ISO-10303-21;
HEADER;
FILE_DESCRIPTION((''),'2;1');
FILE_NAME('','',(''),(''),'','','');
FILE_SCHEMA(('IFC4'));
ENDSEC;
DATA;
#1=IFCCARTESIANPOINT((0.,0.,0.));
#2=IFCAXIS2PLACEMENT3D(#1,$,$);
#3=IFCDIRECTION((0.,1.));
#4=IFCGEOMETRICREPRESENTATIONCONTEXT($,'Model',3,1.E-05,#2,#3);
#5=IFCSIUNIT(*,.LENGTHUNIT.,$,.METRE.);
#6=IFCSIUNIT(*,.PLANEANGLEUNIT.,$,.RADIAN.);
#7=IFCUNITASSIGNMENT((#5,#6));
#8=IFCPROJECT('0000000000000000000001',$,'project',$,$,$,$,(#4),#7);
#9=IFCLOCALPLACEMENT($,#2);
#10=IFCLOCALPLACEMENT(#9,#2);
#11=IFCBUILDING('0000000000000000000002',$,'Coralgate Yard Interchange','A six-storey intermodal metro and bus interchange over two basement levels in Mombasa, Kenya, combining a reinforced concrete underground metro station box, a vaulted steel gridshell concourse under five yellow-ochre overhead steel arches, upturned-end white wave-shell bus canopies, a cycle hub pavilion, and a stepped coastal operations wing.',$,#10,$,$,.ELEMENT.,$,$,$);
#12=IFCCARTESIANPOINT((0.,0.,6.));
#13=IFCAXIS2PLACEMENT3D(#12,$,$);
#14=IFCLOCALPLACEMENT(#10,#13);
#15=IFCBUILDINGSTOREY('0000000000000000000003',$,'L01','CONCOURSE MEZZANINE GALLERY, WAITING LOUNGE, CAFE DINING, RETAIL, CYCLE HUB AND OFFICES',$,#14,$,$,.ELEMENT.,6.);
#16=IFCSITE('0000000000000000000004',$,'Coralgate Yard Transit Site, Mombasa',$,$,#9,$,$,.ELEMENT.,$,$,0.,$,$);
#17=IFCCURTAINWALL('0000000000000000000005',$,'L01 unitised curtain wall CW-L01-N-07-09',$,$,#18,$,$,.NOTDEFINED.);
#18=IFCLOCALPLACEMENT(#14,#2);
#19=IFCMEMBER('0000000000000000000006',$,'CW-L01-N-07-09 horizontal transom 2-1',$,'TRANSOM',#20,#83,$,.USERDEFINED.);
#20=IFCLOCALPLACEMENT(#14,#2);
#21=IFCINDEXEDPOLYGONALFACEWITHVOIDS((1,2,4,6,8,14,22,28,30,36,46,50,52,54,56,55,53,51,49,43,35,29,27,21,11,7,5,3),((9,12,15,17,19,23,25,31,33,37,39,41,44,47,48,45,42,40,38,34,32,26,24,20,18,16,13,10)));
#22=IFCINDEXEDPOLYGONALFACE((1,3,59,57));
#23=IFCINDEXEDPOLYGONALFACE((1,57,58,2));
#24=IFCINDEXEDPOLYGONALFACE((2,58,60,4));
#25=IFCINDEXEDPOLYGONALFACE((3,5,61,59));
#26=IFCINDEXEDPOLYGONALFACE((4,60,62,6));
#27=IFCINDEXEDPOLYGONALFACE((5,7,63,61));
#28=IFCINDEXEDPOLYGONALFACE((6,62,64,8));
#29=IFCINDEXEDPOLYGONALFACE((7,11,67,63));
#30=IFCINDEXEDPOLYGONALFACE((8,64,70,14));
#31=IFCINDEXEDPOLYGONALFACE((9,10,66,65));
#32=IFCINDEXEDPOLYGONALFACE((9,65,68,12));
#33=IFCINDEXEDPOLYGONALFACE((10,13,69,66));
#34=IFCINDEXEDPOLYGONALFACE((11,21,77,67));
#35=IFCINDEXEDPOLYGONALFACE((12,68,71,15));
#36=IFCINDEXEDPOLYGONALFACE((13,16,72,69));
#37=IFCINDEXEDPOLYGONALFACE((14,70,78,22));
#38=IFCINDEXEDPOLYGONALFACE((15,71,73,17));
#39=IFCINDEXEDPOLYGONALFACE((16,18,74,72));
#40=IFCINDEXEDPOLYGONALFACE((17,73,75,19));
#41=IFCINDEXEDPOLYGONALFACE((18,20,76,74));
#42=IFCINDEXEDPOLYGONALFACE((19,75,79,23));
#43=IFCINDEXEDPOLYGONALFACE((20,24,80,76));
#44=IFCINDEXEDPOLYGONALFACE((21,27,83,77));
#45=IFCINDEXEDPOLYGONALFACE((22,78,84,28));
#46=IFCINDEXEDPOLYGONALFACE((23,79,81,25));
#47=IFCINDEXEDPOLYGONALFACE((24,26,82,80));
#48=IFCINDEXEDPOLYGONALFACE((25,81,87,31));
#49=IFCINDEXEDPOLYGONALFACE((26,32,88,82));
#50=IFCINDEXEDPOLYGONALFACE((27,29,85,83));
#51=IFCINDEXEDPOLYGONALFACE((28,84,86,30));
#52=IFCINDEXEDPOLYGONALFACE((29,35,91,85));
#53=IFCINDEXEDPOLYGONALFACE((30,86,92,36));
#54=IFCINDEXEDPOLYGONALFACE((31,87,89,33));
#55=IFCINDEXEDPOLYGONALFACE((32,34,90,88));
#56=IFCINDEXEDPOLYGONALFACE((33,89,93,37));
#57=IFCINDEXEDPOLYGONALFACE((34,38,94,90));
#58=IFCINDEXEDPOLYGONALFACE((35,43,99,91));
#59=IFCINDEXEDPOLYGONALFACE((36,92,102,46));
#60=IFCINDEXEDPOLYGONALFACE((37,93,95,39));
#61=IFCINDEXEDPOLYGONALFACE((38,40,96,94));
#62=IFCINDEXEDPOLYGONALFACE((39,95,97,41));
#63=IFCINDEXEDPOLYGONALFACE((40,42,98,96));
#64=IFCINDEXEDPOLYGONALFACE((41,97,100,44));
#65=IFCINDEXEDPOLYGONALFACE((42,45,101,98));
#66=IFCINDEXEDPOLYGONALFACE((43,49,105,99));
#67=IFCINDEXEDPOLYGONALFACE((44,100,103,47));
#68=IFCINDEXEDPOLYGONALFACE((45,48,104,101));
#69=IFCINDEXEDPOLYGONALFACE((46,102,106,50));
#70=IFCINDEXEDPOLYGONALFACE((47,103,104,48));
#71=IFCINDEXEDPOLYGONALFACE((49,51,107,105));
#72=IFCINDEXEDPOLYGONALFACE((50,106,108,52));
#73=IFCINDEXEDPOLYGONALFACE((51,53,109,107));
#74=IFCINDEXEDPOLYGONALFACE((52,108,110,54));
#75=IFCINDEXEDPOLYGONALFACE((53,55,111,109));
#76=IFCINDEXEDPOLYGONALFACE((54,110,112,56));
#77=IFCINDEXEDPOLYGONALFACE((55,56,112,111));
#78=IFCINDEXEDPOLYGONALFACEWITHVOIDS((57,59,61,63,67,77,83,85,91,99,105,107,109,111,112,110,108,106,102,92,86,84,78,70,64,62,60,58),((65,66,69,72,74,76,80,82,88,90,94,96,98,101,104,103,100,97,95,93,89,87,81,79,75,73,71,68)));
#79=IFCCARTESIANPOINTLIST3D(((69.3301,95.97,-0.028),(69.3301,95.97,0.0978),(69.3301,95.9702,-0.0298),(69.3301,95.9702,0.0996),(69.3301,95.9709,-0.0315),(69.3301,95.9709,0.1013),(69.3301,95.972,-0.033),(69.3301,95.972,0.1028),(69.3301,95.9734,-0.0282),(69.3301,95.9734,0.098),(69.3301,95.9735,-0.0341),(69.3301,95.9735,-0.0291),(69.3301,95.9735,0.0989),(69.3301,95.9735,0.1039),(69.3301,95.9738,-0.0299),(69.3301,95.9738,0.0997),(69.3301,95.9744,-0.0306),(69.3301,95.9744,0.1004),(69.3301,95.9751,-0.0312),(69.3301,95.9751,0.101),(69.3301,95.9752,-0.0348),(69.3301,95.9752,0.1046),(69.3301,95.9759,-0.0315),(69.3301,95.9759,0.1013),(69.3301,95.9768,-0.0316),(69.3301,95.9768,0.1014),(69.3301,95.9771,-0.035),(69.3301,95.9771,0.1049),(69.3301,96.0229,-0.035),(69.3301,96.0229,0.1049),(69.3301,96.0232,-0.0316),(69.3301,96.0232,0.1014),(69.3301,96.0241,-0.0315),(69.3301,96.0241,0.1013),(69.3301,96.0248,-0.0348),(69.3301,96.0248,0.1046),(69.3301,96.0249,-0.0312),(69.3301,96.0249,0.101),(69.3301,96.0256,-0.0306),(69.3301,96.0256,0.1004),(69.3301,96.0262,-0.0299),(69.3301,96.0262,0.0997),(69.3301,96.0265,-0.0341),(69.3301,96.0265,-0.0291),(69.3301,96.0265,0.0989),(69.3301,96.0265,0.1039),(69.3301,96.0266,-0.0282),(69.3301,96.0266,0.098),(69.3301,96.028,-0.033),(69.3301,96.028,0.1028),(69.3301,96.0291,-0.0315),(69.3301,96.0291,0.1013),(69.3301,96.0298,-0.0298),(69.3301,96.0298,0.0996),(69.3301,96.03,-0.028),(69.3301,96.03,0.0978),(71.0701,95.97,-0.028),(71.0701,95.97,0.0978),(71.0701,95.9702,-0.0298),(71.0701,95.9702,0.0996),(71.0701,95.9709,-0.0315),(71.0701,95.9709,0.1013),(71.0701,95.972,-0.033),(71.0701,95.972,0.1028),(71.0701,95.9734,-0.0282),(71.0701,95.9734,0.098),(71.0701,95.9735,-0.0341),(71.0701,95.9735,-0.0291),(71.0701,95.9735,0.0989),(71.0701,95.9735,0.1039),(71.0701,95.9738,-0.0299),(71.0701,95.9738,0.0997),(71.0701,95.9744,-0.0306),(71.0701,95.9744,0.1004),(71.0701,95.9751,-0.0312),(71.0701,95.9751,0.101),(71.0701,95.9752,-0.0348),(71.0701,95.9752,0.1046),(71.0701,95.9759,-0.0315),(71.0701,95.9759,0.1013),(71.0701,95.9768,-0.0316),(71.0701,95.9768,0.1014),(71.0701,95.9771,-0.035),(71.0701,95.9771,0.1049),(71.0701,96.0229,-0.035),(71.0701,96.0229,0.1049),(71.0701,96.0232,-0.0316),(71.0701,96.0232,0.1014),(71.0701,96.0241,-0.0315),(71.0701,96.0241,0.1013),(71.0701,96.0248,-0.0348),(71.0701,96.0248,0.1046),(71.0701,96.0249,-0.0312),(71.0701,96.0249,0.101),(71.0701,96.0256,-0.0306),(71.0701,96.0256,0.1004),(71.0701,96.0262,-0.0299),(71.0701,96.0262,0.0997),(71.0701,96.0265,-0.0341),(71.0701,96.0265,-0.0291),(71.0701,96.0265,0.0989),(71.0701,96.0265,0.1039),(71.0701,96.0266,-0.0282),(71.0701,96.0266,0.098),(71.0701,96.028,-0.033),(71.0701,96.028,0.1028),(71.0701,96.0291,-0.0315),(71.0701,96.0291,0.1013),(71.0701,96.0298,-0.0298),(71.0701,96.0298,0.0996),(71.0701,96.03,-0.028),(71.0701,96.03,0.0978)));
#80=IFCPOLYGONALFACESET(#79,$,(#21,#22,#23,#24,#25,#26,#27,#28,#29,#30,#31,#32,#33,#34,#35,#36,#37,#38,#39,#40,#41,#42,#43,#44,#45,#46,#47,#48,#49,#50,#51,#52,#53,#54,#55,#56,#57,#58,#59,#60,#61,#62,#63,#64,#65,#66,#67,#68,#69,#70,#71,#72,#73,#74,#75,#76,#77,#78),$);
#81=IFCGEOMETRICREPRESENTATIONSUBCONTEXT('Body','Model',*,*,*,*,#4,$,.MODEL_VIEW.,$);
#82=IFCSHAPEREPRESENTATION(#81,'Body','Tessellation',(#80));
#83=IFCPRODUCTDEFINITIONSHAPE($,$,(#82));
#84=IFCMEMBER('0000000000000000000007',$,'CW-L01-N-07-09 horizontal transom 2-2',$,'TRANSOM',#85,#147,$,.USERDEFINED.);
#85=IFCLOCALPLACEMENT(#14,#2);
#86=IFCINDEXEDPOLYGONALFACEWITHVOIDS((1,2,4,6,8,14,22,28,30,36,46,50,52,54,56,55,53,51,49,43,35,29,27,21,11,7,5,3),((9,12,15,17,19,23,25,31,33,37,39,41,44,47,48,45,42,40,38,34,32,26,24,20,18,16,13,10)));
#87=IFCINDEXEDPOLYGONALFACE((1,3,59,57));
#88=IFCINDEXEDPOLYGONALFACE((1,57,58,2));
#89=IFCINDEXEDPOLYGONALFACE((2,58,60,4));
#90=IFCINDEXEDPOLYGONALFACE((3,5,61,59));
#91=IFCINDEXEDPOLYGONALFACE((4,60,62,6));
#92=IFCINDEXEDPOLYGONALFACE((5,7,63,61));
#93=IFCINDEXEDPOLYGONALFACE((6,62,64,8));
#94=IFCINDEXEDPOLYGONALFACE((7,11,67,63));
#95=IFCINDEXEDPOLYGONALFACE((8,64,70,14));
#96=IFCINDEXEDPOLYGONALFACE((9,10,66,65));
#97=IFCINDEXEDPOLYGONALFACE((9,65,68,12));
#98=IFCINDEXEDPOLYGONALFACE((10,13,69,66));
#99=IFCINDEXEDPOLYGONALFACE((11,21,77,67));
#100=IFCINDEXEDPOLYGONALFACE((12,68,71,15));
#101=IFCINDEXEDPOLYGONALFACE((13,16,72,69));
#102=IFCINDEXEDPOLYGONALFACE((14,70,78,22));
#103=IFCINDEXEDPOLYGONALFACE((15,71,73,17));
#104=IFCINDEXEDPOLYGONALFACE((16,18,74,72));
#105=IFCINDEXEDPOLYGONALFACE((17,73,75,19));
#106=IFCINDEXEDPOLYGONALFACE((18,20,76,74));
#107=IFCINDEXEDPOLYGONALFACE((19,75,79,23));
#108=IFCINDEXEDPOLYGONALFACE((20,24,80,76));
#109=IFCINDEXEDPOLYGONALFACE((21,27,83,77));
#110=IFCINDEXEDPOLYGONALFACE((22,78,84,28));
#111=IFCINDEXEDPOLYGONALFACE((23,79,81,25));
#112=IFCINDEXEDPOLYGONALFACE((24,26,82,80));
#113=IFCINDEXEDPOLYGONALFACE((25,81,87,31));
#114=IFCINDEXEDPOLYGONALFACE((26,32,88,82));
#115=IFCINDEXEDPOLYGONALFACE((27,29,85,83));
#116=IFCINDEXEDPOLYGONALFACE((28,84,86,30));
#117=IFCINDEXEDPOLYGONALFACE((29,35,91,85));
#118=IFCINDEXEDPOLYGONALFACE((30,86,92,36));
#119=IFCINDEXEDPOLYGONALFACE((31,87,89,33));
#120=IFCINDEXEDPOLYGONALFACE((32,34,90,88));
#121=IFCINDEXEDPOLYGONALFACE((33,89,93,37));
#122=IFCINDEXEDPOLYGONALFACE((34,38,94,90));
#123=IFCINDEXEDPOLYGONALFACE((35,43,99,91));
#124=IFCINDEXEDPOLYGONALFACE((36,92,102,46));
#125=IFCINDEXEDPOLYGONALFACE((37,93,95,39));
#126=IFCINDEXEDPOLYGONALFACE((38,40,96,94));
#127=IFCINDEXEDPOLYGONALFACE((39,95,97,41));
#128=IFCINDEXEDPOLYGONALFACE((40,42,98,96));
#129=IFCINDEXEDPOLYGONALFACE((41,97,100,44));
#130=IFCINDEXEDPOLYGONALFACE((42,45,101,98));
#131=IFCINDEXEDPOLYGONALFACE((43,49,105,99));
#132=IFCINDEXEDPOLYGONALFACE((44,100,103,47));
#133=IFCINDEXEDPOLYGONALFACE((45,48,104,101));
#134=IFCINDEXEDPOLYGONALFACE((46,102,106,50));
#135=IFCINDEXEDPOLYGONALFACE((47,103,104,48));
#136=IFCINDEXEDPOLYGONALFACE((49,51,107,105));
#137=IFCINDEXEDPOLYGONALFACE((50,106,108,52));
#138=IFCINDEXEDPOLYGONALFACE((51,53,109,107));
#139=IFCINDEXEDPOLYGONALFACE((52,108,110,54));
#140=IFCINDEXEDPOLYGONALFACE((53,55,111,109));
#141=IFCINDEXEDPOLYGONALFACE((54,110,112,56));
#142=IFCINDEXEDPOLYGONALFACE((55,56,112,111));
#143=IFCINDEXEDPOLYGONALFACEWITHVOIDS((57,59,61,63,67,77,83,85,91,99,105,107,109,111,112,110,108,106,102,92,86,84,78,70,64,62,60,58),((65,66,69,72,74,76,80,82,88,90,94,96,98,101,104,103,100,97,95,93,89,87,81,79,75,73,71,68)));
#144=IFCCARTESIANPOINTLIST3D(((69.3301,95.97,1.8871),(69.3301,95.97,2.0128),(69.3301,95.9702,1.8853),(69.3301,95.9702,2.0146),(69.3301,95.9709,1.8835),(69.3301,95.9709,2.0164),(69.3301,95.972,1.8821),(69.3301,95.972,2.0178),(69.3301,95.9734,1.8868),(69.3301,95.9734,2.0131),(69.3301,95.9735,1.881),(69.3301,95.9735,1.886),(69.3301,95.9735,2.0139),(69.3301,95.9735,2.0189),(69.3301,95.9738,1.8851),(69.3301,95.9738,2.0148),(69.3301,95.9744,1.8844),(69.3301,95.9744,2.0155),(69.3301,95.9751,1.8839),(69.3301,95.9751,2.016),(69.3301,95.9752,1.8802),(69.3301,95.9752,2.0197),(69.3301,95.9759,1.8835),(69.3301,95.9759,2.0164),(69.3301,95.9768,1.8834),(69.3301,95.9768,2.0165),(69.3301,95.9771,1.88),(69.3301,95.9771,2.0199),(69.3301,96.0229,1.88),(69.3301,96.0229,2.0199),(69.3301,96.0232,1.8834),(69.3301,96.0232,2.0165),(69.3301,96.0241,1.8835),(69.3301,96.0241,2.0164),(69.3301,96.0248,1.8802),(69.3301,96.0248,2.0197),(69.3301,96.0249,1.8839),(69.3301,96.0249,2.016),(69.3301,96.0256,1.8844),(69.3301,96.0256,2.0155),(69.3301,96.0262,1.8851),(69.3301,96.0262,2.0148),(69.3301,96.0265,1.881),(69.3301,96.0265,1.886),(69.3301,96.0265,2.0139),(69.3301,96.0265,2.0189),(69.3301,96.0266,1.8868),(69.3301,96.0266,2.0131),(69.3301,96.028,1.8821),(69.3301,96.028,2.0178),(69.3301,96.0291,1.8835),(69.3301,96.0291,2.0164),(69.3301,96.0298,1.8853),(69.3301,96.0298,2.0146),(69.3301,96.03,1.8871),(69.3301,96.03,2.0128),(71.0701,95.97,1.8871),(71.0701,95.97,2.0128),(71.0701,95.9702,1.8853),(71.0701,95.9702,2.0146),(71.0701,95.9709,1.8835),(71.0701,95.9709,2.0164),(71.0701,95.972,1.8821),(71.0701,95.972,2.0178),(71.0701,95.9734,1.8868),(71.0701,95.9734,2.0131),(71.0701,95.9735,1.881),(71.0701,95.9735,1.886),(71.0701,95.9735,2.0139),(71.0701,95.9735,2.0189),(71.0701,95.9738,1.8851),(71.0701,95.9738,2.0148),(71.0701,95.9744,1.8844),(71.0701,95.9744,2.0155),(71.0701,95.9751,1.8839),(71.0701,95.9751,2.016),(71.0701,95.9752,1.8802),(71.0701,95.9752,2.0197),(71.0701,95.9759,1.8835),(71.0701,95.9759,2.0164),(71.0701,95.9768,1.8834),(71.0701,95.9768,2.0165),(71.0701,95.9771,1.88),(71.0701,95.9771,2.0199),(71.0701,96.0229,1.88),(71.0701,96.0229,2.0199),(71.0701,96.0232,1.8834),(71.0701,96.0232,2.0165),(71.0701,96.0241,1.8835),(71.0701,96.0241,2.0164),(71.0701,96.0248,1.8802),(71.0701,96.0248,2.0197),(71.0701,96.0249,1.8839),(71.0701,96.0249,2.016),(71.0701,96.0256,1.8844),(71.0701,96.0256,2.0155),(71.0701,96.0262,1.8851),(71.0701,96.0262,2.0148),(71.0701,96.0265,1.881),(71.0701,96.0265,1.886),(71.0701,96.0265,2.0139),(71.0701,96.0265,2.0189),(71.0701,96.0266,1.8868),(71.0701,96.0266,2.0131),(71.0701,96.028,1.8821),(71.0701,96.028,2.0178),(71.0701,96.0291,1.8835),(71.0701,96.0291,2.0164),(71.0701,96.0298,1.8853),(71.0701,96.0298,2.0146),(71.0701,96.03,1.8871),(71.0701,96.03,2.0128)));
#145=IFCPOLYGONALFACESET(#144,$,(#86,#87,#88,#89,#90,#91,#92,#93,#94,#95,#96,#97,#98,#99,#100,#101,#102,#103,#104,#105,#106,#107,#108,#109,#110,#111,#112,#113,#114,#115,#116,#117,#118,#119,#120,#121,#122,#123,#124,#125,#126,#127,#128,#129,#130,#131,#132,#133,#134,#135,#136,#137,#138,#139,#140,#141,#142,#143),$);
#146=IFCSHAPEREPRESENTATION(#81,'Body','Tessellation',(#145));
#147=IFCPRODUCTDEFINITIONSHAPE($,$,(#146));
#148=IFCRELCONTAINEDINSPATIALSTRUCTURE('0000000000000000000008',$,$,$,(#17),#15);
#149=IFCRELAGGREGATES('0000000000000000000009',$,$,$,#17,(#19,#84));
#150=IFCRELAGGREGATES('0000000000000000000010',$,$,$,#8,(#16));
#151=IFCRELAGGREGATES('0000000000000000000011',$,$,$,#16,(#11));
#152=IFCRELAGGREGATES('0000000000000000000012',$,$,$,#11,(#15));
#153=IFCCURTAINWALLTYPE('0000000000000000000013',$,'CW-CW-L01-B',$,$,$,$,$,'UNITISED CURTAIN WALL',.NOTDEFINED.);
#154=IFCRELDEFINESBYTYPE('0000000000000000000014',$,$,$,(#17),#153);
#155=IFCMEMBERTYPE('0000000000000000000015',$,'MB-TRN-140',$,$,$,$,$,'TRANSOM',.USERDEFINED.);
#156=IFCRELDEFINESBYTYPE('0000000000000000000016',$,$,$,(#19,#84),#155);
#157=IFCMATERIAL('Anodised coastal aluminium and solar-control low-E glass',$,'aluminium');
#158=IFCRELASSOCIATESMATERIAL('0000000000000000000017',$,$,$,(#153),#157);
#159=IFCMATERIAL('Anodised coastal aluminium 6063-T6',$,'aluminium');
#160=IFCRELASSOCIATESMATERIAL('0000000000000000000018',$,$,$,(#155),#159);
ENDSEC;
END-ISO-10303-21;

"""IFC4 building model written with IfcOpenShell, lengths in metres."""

from ifc_helpers import new_model, si_unit, direction, frame, origin, origin_2d, place, context, subcontext, project, spatial, hollow_rectangle, extrude, material, material_profile, profile_set, type_object, element, aggregate, save


model = new_model("IFC4")

# Units and contexts
model_context = context("Model", 3, precision=1e-05, world=origin(), true_north=direction((0.0, 1.0)))
body_context = subcontext(model_context, "Body", "Model", "MODEL_VIEW")
ifc_project = project(units=[si_unit("LENGTHUNIT", "METRE"), si_unit("PLANEANGLEUNIT", "RADIAN")], contexts=[model_context])

# Site, building, storey
site_placement = place(None, origin())
site = spatial("IfcSite", under=ifc_project, at=site_placement, Name="Coralgate Yard Transit Site, Mombasa", CompositionType="ELEMENT", RefElevation=0.0)
building_placement = place(site_placement, origin())
building = spatial("IfcBuilding", under=site, at=building_placement, Name="Coralgate Yard Interchange", Description="A six-storey intermodal metro and bus interchange over two basement levels in Mombasa, Kenya, combining a reinforced concrete underground metro station box, a vaulted steel gridshell concourse under five yellow-ochre overhead steel arches, upturned-end white wave-shell bus canopies, a cycle hub pavilion, and a stepped coastal operations wing.", CompositionType="ELEMENT")
storey_placement = place(building_placement, frame((0.0, 0.0, 6.0)))
storey = spatial("IfcBuildingStorey", under=building, at=storey_placement, Name="L01", Description="CONCOURSE MEZZANINE GALLERY, WAITING LOUNGE, CAFE DINING, RETAIL, CYCLE HUB AND OFFICES", CompositionType="ELEMENT", Elevation=6.0)

# Curtain wall
ifc_material_1 = material(Name="Anodised coastal aluminium and solar-control low-E glass", Category="aluminium")
curtain_wall_type = type_object("IfcCurtainWallType", Name="CW-CW-L01-B", ElementType="UNITISED CURTAIN WALL", PredefinedType="NOTDEFINED", material=ifc_material_1)
curtain_wall_placement = place(storey_placement, origin())
curtain_wall = element("IfcCurtainWall", 1, at=curtain_wall_placement, inside=storey, type_object=curtain_wall_type, Name="L01 unitised curtain wall CW-L01-N-07-09", PredefinedType="NOTDEFINED")
ifc_material_2 = material(Name="Anodised coastal aluminium 6063-T6", Category="aluminium")

# Members
ifc_material_profile_1 = material_profile(ifc_material_2, hollow_rectangle(XDim=0.0601, YDim=0.1399, WallThickness=0.0034, InnerFilletRadius=0.0034, OuterFilletRadius=0.0071, at=origin_2d()), Name="ALU 60x140x3.5")
ifc_profile_set_1 = profile_set([ifc_material_profile_1], Name="Anodised coastal aluminium 6063-T6")
member_type_1 = type_object("IfcMemberType", Name="MB-TRN-140", ElementType="TRANSOM", PredefinedType="USERDEFINED", material=ifc_profile_set_1)
member_1_placement = place(storey_placement, frame((69.3301, 96.0, 0.0349), z_axis=(1.0, 0.0, 0.0), x_axis=(0.0, 1.0, 0.0)))
member_1 = element("IfcMember", 2, at=member_1_placement, type_object=member_type_1, Name="CW-L01-N-07-09 horizontal transom 2-1", ObjectType="TRANSOM", PredefinedType="USERDEFINED", context=body_context, shape_type="SweptSolid", body=[
    extrude(hollow_rectangle(XDim=0.0601, YDim=0.1399, WallThickness=0.0034, InnerFilletRadius=0.0034, OuterFilletRadius=0.0071, at=origin_2d()), origin(), (0.0, 0.0, 1.0), 1.74),
])
member_2_placement = place(storey_placement, frame((69.3301, 96.0, 1.95), z_axis=(1.0, 0.0, 0.0), x_axis=(0.0, 1.0, 0.0)))
member_2 = element("IfcMember", 3, at=member_2_placement, type_object=member_type_1, Name="CW-L01-N-07-09 horizontal transom 2-2", ObjectType="TRANSOM", PredefinedType="USERDEFINED", context=body_context, shape_type="SweptSolid", body=[
    extrude(hollow_rectangle(XDim=0.0601, YDim=0.1399, WallThickness=0.0034, InnerFilletRadius=0.0034, OuterFilletRadius=0.0071, at=origin_2d()), origin(), (0.0, 0.0, 1.0), 1.74),
])

aggregate(curtain_wall, [member_1, member_2])

save(model, "model.ifc")
